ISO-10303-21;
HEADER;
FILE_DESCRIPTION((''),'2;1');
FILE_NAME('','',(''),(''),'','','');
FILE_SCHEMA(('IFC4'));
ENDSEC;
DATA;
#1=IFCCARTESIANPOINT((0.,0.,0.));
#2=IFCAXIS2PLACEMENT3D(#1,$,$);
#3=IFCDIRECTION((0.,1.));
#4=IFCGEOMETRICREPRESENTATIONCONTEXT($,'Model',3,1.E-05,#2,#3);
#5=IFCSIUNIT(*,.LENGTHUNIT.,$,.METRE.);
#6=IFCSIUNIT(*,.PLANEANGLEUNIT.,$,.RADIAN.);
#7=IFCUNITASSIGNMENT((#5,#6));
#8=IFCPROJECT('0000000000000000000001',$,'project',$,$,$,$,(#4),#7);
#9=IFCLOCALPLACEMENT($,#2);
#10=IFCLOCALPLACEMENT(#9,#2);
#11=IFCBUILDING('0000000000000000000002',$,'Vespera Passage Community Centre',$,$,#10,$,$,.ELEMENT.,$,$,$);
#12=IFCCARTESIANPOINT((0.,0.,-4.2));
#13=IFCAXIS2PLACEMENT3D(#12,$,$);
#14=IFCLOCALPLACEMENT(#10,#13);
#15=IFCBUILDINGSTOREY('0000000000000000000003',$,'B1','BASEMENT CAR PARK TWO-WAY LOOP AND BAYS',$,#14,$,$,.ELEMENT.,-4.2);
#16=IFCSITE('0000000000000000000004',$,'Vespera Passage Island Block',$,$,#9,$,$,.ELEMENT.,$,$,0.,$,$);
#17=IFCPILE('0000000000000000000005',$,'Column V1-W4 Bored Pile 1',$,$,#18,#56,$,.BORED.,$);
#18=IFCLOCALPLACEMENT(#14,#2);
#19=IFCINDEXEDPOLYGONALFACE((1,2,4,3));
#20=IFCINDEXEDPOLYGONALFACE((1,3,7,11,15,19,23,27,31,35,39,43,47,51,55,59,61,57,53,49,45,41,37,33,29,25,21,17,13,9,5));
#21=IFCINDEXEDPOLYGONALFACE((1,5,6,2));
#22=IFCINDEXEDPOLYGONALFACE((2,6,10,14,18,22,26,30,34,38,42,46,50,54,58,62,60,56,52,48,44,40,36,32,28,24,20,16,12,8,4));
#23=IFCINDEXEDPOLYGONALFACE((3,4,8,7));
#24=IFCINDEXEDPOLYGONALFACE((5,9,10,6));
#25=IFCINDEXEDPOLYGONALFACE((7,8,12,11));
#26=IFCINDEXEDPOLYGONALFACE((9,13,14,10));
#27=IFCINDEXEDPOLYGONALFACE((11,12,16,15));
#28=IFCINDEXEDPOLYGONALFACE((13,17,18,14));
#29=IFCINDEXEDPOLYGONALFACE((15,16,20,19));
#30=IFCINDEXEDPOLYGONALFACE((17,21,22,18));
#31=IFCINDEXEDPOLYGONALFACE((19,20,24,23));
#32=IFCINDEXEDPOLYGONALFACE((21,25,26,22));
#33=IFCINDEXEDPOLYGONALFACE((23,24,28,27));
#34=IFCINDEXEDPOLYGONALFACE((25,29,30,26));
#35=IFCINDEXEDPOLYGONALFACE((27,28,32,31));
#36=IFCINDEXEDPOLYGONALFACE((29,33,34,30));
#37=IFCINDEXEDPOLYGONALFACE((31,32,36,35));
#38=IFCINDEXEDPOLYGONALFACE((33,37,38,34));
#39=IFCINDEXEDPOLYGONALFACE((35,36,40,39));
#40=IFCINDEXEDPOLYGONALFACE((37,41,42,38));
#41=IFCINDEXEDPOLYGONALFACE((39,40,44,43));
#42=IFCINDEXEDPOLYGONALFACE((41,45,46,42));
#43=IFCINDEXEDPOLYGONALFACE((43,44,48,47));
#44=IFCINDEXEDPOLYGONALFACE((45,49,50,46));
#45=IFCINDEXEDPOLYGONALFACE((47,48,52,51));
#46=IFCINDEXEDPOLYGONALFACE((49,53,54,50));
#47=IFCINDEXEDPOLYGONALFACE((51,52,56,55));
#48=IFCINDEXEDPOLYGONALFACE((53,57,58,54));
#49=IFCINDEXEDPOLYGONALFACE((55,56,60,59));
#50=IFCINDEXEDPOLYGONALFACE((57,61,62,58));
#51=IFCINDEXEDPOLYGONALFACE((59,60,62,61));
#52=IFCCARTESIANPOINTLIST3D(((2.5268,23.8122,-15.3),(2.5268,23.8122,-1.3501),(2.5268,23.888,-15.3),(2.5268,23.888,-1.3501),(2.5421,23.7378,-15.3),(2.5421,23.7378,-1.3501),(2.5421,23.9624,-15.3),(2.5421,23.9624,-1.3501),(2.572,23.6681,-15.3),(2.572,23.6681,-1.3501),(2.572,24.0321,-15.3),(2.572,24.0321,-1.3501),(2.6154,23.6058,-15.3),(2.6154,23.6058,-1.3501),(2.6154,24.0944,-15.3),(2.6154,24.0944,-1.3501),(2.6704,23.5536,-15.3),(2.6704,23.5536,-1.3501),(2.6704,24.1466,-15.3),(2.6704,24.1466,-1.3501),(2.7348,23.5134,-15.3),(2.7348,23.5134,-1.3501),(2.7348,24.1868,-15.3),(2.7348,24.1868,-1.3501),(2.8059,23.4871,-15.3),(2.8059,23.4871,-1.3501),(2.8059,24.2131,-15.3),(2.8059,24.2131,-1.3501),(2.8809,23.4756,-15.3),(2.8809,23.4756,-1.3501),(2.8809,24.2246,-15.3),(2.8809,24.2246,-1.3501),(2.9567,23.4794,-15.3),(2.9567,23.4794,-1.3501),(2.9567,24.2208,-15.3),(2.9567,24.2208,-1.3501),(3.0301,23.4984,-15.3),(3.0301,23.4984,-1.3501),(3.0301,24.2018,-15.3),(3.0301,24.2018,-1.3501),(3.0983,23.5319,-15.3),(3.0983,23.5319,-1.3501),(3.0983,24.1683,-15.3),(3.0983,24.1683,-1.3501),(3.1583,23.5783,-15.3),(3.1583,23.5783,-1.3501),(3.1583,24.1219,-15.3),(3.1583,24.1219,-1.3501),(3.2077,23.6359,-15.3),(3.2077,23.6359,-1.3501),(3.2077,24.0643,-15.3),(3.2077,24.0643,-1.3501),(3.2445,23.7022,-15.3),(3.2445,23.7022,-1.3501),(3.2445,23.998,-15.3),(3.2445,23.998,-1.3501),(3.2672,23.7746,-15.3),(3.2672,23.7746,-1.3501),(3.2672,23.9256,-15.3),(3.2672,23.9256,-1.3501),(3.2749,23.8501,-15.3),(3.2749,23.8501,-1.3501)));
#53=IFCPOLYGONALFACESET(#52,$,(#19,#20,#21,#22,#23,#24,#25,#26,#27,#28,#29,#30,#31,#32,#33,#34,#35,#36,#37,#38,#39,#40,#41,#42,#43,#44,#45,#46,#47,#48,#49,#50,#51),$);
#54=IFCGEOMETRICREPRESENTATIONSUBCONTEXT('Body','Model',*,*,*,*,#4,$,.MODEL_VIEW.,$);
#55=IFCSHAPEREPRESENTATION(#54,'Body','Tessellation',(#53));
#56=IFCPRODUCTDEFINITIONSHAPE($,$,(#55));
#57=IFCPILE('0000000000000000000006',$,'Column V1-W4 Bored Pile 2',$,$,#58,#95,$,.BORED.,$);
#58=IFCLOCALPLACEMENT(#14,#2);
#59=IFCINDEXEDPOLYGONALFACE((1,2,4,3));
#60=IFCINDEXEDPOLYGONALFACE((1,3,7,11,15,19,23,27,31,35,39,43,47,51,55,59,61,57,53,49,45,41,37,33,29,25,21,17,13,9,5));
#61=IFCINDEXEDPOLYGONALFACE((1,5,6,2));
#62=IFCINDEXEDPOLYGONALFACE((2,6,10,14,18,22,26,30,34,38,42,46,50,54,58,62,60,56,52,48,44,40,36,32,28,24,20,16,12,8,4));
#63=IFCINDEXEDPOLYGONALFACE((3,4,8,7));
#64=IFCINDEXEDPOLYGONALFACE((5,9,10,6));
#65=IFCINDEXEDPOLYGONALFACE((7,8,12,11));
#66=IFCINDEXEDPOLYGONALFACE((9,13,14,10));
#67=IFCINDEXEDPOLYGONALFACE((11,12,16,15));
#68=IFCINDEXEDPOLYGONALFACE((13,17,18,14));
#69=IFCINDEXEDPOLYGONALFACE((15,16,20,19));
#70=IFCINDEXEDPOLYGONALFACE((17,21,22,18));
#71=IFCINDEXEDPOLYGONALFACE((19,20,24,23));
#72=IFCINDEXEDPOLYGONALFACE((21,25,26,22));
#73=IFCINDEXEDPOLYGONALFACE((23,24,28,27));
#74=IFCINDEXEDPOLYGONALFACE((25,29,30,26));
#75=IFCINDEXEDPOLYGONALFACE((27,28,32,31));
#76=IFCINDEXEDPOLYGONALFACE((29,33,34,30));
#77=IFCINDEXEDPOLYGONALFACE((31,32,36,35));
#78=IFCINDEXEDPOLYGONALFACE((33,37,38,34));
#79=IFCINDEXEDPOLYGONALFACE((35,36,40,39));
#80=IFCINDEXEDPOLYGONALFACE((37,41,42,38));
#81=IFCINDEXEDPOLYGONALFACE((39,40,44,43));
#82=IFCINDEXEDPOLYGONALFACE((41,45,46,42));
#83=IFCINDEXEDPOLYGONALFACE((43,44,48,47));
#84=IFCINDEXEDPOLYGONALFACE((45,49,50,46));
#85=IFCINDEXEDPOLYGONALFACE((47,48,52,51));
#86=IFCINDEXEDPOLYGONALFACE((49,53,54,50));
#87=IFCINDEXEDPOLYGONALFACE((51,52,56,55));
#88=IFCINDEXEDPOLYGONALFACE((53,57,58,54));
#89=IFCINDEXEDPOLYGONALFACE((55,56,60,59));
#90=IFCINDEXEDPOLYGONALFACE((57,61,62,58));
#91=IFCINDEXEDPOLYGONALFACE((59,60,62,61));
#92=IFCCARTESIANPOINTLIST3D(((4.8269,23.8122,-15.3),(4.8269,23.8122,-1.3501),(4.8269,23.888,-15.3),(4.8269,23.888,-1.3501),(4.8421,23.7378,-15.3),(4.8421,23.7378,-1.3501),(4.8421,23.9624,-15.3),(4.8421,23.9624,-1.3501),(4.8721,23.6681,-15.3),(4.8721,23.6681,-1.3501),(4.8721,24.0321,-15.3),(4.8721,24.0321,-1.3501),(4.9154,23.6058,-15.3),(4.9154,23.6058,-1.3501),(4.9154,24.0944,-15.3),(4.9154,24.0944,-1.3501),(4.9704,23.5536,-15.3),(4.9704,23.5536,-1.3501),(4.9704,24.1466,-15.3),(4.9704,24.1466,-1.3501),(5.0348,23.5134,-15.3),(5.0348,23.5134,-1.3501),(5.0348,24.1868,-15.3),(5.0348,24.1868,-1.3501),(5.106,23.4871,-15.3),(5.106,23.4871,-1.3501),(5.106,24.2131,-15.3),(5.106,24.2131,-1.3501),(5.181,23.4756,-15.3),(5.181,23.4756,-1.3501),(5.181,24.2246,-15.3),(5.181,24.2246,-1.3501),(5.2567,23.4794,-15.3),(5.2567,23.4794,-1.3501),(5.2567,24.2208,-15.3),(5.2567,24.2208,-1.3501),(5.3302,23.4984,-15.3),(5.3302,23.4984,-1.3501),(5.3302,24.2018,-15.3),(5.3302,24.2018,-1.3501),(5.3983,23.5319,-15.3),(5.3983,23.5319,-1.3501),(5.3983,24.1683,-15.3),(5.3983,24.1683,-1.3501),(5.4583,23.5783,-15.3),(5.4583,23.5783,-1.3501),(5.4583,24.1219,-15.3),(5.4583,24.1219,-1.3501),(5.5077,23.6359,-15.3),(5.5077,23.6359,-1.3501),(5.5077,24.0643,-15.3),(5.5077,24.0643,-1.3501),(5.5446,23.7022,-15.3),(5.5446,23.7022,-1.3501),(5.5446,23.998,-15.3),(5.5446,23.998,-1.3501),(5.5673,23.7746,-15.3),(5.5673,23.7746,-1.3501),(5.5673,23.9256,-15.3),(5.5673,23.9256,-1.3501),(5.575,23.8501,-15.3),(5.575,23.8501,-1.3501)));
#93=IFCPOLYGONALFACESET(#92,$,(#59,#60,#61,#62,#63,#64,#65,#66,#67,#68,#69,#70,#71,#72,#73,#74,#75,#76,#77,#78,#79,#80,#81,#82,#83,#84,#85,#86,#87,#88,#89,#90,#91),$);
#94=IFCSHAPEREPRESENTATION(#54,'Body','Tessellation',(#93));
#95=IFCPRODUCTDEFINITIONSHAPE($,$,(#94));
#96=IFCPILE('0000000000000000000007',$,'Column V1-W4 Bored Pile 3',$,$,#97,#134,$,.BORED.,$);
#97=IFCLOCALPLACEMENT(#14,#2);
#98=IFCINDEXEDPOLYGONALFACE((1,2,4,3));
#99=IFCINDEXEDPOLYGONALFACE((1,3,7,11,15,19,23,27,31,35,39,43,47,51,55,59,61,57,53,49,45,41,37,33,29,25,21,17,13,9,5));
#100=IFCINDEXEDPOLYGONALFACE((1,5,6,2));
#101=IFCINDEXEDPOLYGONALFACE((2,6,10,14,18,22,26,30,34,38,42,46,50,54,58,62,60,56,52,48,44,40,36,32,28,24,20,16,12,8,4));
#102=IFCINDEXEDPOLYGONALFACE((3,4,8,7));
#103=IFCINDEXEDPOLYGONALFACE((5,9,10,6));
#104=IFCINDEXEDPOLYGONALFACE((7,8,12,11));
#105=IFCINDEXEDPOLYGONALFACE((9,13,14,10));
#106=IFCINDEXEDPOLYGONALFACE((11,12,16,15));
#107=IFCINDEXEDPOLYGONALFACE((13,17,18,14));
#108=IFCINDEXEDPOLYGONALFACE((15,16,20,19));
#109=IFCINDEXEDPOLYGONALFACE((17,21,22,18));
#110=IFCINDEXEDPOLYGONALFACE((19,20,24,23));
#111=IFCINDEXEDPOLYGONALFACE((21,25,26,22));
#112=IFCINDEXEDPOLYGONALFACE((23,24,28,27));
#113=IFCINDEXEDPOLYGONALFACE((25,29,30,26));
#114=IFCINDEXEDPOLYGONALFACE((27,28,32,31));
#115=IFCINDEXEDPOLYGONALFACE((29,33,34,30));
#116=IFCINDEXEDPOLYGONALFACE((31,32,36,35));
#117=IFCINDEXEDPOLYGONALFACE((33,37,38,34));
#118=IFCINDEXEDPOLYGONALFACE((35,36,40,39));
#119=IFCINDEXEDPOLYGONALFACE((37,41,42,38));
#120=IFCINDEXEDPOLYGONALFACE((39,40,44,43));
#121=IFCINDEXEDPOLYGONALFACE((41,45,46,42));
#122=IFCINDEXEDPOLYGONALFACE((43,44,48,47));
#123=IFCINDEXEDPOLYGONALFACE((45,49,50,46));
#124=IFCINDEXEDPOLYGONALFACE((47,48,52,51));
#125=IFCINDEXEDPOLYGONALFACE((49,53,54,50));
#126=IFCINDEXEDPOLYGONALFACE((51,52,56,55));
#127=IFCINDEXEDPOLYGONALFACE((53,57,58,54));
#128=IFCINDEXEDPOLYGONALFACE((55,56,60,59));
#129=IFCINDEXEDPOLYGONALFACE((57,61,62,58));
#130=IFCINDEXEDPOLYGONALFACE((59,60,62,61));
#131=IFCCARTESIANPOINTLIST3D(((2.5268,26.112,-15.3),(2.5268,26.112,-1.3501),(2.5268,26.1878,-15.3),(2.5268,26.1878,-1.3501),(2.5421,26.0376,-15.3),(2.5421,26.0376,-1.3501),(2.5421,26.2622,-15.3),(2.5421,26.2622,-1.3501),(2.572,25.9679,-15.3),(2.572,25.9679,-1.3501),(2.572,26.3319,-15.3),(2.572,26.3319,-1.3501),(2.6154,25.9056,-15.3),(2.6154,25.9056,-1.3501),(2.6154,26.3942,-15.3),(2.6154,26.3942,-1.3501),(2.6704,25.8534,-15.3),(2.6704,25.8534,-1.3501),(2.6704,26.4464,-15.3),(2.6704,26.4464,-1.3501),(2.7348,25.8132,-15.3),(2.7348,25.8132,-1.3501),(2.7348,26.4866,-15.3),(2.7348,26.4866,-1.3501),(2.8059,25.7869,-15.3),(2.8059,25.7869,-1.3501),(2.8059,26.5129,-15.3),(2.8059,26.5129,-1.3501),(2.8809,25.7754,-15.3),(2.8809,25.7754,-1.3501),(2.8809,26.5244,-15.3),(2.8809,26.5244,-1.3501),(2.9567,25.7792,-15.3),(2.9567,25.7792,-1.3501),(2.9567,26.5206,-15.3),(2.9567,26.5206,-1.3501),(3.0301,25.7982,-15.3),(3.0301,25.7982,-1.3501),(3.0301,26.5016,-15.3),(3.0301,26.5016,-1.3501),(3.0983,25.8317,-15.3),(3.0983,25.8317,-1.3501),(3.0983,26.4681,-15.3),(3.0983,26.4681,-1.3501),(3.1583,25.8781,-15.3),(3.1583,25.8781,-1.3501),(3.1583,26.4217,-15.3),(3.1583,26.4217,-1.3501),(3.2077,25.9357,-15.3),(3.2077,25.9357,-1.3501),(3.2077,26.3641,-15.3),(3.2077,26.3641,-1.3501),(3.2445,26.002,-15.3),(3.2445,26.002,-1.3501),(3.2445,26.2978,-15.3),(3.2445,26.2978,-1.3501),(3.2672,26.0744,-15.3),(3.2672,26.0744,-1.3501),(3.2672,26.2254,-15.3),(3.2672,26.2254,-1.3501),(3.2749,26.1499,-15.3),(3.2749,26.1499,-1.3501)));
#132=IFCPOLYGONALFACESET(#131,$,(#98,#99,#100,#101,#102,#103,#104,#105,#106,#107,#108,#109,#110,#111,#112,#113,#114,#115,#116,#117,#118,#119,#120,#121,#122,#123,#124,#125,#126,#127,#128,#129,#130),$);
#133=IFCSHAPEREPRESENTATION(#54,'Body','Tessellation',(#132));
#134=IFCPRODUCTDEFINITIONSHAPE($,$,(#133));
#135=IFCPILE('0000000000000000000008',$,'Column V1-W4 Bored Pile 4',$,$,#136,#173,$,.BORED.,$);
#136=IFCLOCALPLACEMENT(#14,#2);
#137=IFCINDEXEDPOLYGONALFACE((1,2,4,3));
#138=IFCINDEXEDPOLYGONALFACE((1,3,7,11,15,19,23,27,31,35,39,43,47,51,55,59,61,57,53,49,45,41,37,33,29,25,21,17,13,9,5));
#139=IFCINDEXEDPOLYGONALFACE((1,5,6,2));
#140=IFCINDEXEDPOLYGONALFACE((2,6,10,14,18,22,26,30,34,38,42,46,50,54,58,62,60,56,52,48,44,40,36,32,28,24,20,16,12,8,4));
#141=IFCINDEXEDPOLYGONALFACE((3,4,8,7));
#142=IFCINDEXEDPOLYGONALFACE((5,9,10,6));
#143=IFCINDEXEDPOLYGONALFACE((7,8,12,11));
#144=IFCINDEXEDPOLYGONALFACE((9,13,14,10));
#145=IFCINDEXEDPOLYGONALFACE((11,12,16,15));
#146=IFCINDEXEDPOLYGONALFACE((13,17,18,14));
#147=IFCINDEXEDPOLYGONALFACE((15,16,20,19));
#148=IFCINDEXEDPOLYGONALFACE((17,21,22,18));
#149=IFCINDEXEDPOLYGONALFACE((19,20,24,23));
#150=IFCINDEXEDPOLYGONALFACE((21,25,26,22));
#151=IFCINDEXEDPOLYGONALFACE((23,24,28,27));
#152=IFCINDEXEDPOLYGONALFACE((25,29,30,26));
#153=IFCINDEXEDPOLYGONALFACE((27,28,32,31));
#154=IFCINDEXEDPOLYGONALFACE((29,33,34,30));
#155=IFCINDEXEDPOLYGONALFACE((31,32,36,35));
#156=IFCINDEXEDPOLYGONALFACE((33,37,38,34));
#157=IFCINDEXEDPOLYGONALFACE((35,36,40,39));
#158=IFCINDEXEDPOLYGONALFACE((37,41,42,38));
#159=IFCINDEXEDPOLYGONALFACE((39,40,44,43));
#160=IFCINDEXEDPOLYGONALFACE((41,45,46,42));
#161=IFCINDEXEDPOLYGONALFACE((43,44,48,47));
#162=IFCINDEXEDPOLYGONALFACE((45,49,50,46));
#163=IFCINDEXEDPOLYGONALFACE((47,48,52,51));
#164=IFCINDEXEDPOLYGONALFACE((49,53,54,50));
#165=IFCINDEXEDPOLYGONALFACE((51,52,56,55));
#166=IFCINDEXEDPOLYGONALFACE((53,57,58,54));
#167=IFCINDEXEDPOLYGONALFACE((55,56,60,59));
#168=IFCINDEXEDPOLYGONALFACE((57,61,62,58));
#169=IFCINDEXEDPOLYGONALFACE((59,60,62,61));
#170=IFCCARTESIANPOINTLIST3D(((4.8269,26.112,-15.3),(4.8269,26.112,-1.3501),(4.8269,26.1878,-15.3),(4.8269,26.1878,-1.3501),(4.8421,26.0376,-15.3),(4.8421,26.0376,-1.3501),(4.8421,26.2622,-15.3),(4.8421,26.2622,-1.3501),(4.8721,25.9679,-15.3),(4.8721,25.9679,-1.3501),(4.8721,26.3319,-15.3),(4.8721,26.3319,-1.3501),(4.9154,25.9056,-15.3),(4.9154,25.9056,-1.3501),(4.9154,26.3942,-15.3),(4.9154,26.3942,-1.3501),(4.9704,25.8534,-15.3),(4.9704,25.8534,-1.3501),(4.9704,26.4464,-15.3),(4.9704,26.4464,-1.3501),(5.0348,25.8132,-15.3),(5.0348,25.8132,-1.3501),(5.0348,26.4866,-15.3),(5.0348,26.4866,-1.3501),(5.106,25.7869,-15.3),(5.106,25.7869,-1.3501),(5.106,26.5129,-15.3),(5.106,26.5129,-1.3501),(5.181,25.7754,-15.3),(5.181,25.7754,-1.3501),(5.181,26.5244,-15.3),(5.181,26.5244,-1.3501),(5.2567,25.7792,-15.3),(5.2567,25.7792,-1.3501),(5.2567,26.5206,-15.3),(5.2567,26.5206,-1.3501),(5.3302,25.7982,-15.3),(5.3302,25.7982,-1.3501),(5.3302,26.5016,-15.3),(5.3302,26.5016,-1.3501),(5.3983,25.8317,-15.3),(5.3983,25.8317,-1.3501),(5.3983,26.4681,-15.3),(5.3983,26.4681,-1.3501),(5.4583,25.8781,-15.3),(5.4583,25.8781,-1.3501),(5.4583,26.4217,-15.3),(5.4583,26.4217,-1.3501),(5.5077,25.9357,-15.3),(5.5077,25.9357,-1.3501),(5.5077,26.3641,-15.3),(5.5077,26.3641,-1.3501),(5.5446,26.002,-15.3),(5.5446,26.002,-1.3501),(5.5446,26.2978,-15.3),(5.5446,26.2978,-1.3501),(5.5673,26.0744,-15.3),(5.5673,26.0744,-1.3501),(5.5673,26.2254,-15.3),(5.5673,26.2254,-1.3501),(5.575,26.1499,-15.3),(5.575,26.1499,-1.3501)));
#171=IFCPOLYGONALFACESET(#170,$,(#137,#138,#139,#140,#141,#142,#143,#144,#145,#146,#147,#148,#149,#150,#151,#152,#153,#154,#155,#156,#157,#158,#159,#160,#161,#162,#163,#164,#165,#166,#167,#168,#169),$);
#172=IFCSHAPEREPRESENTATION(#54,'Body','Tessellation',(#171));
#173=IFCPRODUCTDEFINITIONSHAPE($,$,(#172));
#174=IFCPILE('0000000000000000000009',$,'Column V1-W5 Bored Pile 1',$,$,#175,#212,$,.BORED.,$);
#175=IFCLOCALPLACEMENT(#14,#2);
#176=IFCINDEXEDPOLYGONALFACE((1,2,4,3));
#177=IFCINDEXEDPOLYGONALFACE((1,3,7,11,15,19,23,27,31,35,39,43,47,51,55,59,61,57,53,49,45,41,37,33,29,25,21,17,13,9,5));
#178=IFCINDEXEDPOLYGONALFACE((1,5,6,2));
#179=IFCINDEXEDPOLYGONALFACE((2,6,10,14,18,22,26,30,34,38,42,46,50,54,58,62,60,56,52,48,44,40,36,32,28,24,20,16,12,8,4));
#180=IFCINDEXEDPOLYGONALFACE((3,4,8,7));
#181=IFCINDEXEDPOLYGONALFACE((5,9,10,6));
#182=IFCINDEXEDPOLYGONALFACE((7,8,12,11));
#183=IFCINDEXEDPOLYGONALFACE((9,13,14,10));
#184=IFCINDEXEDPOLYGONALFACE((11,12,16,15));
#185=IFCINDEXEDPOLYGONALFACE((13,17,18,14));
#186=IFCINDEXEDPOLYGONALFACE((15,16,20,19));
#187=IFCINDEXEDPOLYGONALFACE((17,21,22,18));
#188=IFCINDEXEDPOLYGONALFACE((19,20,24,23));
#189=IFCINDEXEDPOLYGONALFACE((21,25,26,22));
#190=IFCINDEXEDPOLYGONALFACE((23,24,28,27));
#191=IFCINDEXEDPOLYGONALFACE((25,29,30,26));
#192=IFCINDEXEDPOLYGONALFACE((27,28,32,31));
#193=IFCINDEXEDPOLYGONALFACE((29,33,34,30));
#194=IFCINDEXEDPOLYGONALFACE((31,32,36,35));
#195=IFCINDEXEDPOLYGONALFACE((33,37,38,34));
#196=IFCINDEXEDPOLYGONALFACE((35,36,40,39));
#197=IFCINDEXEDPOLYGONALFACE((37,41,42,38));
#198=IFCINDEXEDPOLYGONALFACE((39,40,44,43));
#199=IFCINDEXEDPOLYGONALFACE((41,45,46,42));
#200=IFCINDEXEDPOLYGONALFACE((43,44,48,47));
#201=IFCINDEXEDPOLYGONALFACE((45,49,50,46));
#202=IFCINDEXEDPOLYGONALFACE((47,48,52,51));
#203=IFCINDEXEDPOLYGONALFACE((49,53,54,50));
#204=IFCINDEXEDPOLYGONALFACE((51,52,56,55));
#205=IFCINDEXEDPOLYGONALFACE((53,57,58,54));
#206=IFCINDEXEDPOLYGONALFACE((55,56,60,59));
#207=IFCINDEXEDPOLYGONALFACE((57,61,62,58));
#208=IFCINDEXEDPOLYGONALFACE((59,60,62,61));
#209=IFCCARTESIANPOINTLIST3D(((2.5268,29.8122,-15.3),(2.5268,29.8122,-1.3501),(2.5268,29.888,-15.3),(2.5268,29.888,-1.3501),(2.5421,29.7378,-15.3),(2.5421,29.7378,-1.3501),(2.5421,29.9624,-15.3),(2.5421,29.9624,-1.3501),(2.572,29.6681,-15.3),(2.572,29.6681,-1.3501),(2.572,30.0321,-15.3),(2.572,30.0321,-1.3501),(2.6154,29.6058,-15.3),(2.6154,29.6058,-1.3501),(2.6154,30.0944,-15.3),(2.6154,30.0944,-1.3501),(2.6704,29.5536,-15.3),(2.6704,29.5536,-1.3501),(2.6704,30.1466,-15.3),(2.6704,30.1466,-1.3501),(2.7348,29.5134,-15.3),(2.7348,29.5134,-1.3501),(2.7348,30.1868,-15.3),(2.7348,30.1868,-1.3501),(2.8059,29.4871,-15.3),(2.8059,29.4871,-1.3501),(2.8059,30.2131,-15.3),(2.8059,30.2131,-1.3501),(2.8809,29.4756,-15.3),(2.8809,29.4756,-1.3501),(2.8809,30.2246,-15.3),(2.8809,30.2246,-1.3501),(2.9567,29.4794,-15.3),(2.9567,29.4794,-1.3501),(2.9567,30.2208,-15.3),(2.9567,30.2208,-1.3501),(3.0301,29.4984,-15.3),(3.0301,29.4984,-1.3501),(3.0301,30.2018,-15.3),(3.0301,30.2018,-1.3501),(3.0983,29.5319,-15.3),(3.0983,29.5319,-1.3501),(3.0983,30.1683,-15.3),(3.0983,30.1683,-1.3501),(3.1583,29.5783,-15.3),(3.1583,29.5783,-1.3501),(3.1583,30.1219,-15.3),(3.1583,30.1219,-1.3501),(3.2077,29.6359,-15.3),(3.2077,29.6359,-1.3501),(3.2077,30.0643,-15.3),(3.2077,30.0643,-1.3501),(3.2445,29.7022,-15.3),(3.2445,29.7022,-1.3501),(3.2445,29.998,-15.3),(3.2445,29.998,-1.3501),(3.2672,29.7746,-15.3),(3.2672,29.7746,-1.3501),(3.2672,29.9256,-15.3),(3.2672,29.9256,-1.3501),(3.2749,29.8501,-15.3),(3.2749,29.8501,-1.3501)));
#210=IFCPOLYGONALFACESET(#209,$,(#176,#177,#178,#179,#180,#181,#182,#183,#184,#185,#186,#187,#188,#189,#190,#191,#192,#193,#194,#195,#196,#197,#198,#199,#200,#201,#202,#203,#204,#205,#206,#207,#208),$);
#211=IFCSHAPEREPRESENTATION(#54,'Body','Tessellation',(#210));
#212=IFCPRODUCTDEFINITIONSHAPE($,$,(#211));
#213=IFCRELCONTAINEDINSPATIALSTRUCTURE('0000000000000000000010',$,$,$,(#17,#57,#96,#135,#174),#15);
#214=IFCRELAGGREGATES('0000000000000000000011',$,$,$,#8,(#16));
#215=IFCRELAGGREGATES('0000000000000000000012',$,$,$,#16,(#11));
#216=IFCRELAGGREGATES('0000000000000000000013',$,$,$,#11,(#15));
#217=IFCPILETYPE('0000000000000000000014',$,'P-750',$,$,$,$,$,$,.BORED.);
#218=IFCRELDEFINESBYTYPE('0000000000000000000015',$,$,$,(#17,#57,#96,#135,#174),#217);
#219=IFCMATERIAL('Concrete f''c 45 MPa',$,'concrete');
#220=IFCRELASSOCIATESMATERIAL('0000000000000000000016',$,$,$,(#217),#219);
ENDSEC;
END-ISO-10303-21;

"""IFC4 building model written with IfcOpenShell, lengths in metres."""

from ifc_helpers import new_model, si_unit, direction, frame, origin, origin_2d, place, context, subcontext, project, spatial, circle, extrude, material, material_profile, profile_set, type_object, element, save


model = new_model("IFC4")

# Units and contexts
model_context = context("Model", 3, precision=1e-05, world=origin(), true_north=direction((0.0, 1.0)))
body_context = subcontext(model_context, "Body", "Model", "MODEL_VIEW")
ifc_project = project(units=[si_unit("LENGTHUNIT", "METRE"), si_unit("PLANEANGLEUNIT", "RADIAN")], contexts=[model_context])

# Site, building, storey
site_placement = place(None, origin())
site = spatial("IfcSite", under=ifc_project, at=site_placement, Name="Vespera Passage Island Block", CompositionType="ELEMENT", RefElevation=0.0)
building_placement = place(site_placement, origin())
building = spatial("IfcBuilding", under=site, at=building_placement, Name="Vespera Passage Community Centre", CompositionType="ELEMENT")
storey_placement = place(building_placement, frame((0.0, 0.0, -4.2)))
storey = spatial("IfcBuildingStorey", under=building, at=storey_placement, Name="B1", Description="BASEMENT CAR PARK TWO-WAY LOOP AND BAYS", CompositionType="ELEMENT", Elevation=-4.2)

# Piles
ifc_material_1 = material(Name="Concrete f'c 45 MPa", Category="concrete")
ifc_material_profile_1 = material_profile(ifc_material_1, circle(Radius=0.375, at=origin_2d()), Name="PILE750DIA")
ifc_profile_set_1 = profile_set([ifc_material_profile_1], Name="Concrete f'c 45 MPa")
pile_type_1 = type_object("IfcPileType", Name="P-750", PredefinedType="BORED", material=ifc_profile_set_1)
for number, where, z_axis, x_axis, name in (
    (1, (2.8999, 23.8501, -1.3501), (0.0, 0.0, -1.0), (1.0, 0.0, 0.0), "Column V1-W4 Bored Pile 1"),
    (2, (5.2, 23.8501, -1.3501), (0.0, 0.0, -1.0), (1.0, 0.0, 0.0), "Column V1-W4 Bored Pile 2"),
    (3, (2.8999, 26.1499, -1.3501), (0.0, 0.0, -1.0), (1.0, 0.0, 0.0), "Column V1-W4 Bored Pile 3"),
    (4, (5.2, 26.1499, -1.3501), (0.0, 0.0, -1.0), (1.0, 0.0, 0.0), "Column V1-W4 Bored Pile 4"),
    (5, (2.8999, 29.8501, -1.3501), (0.0, 0.0, -1.0), (1.0, 0.0, 0.0), "Column V1-W5 Bored Pile 1"),
):
    element("IfcPile", number, at=place(storey_placement, frame(where, z_axis=z_axis, x_axis=x_axis)), inside=storey, type_object=pile_type_1, Name=name, PredefinedType="BORED", context=body_context, shape_type="SweptSolid", body=[
        extrude(circle(Radius=0.375, at=origin_2d()), origin(), (0.0, 0.0, 1.0), 13.95),
    ])

save(model, "model.ifc")
